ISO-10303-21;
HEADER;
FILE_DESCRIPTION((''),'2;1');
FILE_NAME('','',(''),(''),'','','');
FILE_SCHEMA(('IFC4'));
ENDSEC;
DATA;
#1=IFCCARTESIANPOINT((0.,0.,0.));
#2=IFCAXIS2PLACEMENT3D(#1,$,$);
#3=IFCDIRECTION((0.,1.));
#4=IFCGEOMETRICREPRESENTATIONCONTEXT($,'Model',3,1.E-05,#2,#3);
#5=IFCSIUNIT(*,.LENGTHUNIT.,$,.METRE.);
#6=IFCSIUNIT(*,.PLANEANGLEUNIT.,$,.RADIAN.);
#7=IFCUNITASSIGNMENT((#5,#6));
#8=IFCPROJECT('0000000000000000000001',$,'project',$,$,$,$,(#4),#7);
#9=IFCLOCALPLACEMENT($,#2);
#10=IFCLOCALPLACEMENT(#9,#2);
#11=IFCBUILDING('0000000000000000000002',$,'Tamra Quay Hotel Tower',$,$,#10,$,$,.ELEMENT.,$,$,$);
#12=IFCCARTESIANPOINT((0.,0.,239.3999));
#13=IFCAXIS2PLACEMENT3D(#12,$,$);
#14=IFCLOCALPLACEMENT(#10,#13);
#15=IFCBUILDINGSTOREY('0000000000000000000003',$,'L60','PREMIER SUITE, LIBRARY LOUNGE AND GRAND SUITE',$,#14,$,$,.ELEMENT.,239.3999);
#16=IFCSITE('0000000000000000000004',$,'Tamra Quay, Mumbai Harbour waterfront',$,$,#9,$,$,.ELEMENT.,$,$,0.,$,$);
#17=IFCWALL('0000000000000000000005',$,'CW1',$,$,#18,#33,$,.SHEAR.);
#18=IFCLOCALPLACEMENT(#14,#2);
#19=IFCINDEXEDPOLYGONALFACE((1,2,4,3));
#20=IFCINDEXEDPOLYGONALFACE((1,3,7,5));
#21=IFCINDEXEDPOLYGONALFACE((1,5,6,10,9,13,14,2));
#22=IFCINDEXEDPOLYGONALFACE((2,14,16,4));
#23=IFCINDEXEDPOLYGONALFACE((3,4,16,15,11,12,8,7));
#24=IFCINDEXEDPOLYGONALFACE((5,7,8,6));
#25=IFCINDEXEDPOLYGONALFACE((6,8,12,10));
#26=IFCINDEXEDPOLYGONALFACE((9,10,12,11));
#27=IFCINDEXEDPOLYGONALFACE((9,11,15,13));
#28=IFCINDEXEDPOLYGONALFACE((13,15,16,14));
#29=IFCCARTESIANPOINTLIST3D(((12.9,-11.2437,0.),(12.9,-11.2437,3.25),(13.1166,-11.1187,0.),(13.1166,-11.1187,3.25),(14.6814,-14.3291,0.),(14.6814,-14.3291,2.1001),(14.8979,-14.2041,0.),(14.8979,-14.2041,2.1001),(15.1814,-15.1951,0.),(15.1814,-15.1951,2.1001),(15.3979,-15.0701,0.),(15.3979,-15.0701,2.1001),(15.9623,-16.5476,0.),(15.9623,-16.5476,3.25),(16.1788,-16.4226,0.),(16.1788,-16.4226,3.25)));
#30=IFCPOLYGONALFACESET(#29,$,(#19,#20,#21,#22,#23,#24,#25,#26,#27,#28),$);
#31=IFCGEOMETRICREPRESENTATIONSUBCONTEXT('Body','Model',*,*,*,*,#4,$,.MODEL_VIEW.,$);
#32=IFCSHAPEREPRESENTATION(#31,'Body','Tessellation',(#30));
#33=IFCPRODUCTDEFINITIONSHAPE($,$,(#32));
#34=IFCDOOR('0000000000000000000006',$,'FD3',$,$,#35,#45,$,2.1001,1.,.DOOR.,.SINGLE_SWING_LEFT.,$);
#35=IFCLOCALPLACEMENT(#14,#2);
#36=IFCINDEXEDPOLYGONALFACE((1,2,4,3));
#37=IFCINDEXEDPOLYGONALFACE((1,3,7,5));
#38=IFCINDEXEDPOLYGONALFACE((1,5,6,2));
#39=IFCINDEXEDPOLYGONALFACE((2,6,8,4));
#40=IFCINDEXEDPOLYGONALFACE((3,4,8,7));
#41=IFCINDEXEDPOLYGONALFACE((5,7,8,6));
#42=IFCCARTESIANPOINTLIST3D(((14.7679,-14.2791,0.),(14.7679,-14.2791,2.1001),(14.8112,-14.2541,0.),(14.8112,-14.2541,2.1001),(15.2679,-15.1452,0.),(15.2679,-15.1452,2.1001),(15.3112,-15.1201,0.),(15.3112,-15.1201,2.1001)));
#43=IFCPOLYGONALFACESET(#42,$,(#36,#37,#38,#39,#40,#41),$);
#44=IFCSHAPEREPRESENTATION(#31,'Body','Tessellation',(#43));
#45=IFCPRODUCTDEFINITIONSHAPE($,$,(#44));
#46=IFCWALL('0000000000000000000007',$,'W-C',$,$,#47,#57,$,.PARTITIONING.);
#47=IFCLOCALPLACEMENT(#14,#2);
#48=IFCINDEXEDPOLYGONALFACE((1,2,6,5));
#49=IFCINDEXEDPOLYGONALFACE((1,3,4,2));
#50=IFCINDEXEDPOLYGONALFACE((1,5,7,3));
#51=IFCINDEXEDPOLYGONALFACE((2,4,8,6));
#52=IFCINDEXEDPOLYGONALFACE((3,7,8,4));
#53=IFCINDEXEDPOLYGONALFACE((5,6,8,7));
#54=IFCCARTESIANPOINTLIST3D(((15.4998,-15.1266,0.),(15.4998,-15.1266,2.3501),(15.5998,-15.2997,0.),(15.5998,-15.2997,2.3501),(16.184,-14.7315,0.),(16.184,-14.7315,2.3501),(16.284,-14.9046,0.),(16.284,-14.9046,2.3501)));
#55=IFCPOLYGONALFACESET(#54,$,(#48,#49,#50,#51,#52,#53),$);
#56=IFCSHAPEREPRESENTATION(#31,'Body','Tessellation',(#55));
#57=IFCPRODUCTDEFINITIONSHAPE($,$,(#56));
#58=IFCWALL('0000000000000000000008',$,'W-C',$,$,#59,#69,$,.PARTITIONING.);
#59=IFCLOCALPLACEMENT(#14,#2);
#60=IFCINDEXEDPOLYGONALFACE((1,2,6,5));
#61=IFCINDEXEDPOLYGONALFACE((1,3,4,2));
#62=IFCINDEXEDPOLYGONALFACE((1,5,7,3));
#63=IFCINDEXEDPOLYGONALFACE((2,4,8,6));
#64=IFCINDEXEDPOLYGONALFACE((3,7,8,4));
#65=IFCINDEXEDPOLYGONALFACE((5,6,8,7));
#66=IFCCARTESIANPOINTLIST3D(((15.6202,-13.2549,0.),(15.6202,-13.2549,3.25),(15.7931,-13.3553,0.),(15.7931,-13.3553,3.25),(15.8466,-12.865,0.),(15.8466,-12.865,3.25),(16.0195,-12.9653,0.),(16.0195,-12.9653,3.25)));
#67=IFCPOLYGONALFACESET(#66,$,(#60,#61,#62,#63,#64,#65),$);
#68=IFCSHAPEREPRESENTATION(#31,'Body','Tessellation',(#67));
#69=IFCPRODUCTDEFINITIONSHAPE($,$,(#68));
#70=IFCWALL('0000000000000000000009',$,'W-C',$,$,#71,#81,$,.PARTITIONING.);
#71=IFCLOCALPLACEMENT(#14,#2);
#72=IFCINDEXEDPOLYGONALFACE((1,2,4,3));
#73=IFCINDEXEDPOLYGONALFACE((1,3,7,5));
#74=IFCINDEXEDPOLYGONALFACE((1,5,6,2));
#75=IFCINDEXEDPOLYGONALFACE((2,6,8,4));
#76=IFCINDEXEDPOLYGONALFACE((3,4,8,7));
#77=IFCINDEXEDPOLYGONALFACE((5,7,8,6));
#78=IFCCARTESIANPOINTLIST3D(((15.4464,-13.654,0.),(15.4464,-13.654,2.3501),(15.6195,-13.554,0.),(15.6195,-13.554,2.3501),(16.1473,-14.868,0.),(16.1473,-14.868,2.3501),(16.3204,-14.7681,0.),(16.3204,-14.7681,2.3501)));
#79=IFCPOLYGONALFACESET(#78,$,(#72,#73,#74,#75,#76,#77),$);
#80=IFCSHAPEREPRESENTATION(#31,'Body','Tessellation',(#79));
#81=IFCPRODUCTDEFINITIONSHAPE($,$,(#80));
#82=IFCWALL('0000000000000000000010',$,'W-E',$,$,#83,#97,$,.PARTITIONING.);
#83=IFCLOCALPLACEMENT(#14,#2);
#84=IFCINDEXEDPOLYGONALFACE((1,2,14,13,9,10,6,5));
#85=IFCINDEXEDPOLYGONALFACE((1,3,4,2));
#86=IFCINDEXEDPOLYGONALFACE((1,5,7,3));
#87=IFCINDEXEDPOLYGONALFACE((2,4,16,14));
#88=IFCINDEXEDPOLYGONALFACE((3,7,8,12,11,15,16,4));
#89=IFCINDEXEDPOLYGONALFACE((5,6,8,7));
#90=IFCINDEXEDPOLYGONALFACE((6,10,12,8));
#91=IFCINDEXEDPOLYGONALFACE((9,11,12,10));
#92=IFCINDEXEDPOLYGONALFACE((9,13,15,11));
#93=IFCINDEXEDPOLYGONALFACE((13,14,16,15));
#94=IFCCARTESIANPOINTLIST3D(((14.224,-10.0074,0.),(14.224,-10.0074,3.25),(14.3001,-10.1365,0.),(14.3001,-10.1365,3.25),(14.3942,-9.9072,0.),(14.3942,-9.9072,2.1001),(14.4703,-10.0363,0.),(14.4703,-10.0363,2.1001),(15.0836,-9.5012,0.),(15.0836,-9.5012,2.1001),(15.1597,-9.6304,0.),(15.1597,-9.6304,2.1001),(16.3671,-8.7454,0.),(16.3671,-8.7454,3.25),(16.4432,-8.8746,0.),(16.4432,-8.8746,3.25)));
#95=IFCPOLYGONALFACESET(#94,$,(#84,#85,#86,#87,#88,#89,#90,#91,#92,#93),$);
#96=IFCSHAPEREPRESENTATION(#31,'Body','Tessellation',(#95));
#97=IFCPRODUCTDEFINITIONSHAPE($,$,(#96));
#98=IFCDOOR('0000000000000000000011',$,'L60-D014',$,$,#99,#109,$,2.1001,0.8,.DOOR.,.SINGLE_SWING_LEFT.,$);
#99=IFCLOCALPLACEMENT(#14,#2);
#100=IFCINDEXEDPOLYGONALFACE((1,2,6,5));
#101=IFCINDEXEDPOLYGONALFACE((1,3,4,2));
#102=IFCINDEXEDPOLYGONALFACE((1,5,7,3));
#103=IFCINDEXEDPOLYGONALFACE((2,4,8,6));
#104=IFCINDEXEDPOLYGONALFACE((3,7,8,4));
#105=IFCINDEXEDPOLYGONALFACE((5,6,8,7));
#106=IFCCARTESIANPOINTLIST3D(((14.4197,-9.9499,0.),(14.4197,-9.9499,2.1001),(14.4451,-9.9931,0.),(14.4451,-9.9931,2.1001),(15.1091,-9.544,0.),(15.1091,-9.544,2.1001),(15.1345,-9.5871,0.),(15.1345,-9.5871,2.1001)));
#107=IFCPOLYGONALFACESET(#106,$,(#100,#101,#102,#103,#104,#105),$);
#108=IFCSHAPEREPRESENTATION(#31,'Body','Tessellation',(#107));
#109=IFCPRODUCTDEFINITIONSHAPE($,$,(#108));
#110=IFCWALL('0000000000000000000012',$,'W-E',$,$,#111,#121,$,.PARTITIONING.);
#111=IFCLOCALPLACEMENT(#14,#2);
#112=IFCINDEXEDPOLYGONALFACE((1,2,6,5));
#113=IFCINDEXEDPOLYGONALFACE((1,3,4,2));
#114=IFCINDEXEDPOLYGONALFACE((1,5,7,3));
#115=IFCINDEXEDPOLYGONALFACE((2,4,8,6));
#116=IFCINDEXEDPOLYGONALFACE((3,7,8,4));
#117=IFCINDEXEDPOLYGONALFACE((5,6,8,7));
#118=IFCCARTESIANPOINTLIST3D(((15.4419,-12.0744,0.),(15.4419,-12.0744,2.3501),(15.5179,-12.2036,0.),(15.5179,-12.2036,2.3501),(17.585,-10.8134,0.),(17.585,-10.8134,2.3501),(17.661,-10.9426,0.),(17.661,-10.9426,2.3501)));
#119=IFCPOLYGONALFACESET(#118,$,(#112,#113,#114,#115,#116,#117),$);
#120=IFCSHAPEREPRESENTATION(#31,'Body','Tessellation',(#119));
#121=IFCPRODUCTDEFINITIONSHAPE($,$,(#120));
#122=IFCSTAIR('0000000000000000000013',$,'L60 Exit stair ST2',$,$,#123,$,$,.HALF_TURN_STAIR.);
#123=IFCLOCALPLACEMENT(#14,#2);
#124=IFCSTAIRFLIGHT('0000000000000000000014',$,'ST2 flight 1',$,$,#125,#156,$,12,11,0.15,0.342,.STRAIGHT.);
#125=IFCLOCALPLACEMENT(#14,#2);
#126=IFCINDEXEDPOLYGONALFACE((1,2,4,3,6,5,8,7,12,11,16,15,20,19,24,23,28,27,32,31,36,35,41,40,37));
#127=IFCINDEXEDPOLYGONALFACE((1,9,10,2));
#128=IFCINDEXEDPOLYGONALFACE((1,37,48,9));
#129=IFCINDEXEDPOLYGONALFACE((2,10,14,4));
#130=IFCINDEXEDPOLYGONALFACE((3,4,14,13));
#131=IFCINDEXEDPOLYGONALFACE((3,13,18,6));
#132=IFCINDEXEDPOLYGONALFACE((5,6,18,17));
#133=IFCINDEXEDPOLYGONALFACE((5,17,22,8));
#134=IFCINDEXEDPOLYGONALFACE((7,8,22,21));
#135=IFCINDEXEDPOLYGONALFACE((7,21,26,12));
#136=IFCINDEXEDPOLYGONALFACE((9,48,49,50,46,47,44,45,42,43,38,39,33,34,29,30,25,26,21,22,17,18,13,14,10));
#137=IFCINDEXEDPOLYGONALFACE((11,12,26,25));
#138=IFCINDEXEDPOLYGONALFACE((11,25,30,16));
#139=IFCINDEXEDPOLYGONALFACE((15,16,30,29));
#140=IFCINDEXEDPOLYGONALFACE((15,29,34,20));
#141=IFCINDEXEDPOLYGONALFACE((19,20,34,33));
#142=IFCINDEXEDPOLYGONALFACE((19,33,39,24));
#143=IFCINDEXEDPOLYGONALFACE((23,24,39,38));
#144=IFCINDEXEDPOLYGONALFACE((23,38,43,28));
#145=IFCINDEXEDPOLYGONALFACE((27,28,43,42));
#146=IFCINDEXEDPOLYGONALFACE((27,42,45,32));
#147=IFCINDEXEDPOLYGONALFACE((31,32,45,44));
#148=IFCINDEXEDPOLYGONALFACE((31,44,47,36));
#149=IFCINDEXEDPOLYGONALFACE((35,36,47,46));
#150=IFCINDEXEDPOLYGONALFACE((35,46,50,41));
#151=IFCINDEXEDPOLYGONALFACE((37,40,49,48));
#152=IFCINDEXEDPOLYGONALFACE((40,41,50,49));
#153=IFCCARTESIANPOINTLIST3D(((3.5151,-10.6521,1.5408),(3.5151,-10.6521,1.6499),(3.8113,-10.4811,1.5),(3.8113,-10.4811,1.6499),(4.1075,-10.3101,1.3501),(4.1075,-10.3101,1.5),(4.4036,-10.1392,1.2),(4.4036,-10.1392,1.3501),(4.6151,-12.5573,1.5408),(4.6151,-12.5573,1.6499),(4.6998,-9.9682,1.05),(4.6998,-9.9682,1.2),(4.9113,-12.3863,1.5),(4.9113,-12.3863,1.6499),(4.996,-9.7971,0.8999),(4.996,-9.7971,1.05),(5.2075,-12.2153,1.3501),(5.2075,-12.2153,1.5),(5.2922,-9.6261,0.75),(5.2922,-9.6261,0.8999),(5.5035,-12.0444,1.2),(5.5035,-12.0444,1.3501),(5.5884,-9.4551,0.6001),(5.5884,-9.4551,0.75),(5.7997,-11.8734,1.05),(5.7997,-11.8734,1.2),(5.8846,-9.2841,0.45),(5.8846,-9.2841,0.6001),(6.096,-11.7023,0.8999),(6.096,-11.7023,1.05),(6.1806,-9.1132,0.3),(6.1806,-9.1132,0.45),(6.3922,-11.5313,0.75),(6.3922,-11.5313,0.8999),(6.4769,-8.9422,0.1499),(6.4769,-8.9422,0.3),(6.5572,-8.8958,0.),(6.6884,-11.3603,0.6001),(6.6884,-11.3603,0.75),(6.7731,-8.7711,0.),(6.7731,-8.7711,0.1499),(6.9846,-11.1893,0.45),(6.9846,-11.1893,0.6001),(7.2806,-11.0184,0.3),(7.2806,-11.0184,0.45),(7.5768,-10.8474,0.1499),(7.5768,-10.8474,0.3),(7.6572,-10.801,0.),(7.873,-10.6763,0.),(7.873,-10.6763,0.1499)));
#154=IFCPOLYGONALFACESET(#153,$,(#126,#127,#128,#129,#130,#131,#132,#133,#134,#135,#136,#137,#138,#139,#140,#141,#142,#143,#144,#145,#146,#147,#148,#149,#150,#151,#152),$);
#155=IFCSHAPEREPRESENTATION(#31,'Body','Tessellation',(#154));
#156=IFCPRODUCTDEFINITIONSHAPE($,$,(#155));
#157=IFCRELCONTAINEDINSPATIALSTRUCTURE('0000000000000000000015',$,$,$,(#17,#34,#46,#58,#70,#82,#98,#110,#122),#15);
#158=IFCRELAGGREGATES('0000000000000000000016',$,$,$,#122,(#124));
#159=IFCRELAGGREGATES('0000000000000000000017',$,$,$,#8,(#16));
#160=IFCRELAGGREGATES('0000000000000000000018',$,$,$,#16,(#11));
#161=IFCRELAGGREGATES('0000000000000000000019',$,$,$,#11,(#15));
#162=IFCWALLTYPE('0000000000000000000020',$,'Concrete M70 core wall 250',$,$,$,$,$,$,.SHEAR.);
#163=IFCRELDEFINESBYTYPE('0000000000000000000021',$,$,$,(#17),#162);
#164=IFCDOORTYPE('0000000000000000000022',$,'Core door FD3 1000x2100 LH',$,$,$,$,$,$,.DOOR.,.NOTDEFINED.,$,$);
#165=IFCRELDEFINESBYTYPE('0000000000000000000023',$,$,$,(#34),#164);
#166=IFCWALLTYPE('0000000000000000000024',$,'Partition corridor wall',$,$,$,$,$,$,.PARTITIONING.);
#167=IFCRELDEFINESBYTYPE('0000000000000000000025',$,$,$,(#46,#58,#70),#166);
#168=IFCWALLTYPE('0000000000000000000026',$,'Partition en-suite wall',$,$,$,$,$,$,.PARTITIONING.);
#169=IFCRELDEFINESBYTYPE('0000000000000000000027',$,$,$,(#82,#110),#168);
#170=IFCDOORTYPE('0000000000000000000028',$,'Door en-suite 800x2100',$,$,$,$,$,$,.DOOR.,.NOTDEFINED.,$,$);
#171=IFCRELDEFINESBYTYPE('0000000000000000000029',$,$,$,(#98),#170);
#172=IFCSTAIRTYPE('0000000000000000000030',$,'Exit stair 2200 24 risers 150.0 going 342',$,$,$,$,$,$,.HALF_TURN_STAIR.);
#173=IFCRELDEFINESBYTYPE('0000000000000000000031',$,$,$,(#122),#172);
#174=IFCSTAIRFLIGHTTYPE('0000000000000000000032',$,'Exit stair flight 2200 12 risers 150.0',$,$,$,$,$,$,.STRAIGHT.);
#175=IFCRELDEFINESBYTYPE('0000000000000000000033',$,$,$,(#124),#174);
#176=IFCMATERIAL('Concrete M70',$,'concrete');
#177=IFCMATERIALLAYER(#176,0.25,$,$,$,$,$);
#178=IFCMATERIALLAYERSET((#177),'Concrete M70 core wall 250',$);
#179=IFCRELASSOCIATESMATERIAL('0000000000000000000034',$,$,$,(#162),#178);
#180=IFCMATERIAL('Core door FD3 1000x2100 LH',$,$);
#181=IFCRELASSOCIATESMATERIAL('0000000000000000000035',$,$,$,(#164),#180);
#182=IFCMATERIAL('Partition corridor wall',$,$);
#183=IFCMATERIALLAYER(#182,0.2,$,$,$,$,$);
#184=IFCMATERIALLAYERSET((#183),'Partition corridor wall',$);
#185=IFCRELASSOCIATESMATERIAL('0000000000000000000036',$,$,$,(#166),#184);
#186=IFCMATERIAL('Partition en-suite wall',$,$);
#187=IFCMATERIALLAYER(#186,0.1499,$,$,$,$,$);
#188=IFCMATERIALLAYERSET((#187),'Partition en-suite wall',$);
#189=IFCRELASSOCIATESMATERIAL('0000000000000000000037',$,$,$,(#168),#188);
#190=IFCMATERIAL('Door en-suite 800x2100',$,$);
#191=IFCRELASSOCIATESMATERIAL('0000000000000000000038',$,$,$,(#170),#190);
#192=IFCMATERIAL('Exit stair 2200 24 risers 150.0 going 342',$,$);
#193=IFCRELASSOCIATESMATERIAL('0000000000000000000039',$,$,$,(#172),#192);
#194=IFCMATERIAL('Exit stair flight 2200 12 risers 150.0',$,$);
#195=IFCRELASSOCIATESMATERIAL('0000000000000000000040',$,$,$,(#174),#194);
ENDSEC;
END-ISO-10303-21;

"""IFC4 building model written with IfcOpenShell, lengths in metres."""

from ifc_helpers import new_model, si_unit, direction, frame, frame_2d, origin, place, context, subcontext, project, spatial, polyline, rectangle, outline, extrude, material, layer, layer_set, type_object, element, fill, aggregate, save


model = new_model("IFC4")

# Units and contexts
model_context = context("Model", 3, precision=1e-05, world=origin(), true_north=direction((0.0, 1.0)))
body_context = subcontext(model_context, "Body", "Model", "MODEL_VIEW")
ifc_project = project(units=[si_unit("LENGTHUNIT", "METRE"), si_unit("PLANEANGLEUNIT", "RADIAN")], contexts=[model_context])

# Site, building, storey
site_placement = place(None, origin())
site = spatial("IfcSite", under=ifc_project, at=site_placement, Name="Tamra Quay, Mumbai Harbour waterfront", CompositionType="ELEMENT", RefElevation=0.0)
building_placement = place(site_placement, origin())
building = spatial("IfcBuilding", under=site, at=building_placement, Name="Tamra Quay Hotel Tower", CompositionType="ELEMENT")
storey_placement = place(building_placement, frame((0.0, 0.0, 239.3999)))
storey = spatial("IfcBuildingStorey", under=building, at=storey_placement, Name="L60", Description="PREMIER SUITE, LIBRARY LOUNGE AND GRAND SUITE", CompositionType="ELEMENT", Elevation=239.3999)

# Shared definitions
ifc_material_1 = material(Name="Concrete M70", Category="concrete")

# Wall, opening, door
ifc_layer_1 = layer(ifc_material_1, 0.25)
ifc_layer_set_1 = layer_set([ifc_layer_1], Name="Concrete M70 core wall 250")
wall_type_1 = type_object("IfcWallType", Name="Concrete M70 core wall 250", PredefinedType="SHEAR", material=ifc_layer_set_1)
wall_1_placement = place(storey_placement, frame((13.0083, -11.1812, 0.0), z_axis=(0.0, 0.0, 1.0), x_axis=(0.500002, -0.866024, 0.0)))
wall_1 = element("IfcWall", 1, at=wall_1_placement, inside=storey, type_object=wall_type_1, Name="CW1", PredefinedType="SHEAR", context=body_context, shape_type="SweptSolid", body=[
    extrude(rectangle(XDim=6.1245, YDim=0.25, at=frame_2d((3.0623, 0.0))), origin(), (0.0, 0.0, 1.0), 3.25),
])
opening_1_placement = place(wall_1_placement, frame((3.5627, 0.0, 0.0)))
opening_1 = element("IfcOpeningElement", 2, at=opening_1_placement, cuts=wall_1, PredefinedType="OPENING", context=body_context, shape_type="SweptSolid", body=[
    extrude(rectangle(XDim=1.0, YDim=2.1001, at=frame_2d((0.5, 1.05))), frame((0.0, 0.135, 0.0), z_axis=(0.0, -1.0, 0.0), x_axis=(1.0, 0.0, 0.0)), (0.0, 0.0, 1.0), 0.27),
])
ifc_material_2 = material(Name="Core door FD3 1000x2100 LH")
door_type_1 = type_object("IfcDoorType", Name="Core door FD3 1000x2100 LH", OperationType="NOTDEFINED", PredefinedType="DOOR", material=ifc_material_2)
door_1_placement = place(opening_1_placement, origin())
door_1 = element("IfcDoor", 3, at=door_1_placement, inside=storey, type_object=door_type_1, Name="FD3", OperationType="SINGLE_SWING_LEFT", OverallHeight=2.1001, OverallWidth=1.0, PredefinedType="DOOR", context=body_context, shape_type="SweptSolid", body=[
    extrude(rectangle(XDim=1.0, YDim=2.1001, at=frame_2d((0.5, 1.05))), frame((0.0, 0.0249, 0.0), z_axis=(0.0, -1.0, 0.0), x_axis=(1.0, 0.0, 0.0)), (0.0, 0.0, 1.0), 0.05),
])
fill(opening_1, door_1)

# Walls
ifc_material_3 = material(Name="Partition corridor wall")
ifc_layer_2 = layer(ifc_material_3, 0.2)
ifc_layer_set_2 = layer_set([ifc_layer_2], Name="Partition corridor wall")
wall_type_2 = type_object("IfcWallType", Name="Partition corridor wall", PredefinedType="PARTITIONING", material=ifc_layer_set_2)
wall_2_placement = place(storey_placement, frame((15.5498, -15.2131, 0.0), z_axis=(0.0, 0.0, 1.0), x_axis=(0.86599, 0.500061, 0.0)))
element("IfcWall", 4, at=wall_2_placement, inside=storey, type_object=wall_type_2, Name="W-C", PredefinedType="PARTITIONING", context=body_context, shape_type="SweptSolid", body=[
    extrude(rectangle(XDim=0.79, YDim=0.2, at=frame_2d((0.395, 0.0))), origin(), (0.0, 0.0, 1.0), 2.3501),
])
wall_3_placement = place(storey_placement, frame((15.9331, -12.915, 0.0), z_axis=(0.0, 0.0, 1.0), x_axis=(-0.502018, -0.864857, 0.0)))
element("IfcWall", 5, at=wall_3_placement, inside=storey, type_object=wall_type_2, Name="W-C", PredefinedType="PARTITIONING", context=body_context, shape_type="SweptSolid", body=[
    extrude(rectangle(XDim=0.4509, YDim=0.2, at=frame_2d((0.2256, 0.0))), origin(), (0.0, 0.0, 1.0), 3.25),
])
wall_4_placement = place(storey_placement, frame((15.533, -13.604, 0.0), z_axis=(0.0, 0.0, 1.0), x_axis=(0.499979, -0.866038, 0.0)))
element("IfcWall", 6, at=wall_4_placement, inside=storey, type_object=wall_type_2, Name="W-C", PredefinedType="PARTITIONING", context=body_context, shape_type="SweptSolid", body=[
    extrude(rectangle(XDim=1.4019, YDim=0.2, at=frame_2d((0.7009, 0.0))), origin(), (0.0, 0.0, 1.0), 2.3501),
])

# Wall, opening, door
ifc_material_4 = material(Name="Partition en-suite wall")
ifc_layer_3 = layer(ifc_material_4, 0.1499)
ifc_layer_set_3 = layer_set([ifc_layer_3], Name="Partition en-suite wall")
wall_type_3 = type_object("IfcWallType", Name="Partition en-suite wall", PredefinedType="PARTITIONING", material=ifc_layer_set_3)
wall_5_placement = place(storey_placement, frame((14.262, -10.072, 0.0), z_axis=(0.0, 0.0, 1.0), x_axis=(0.861699, 0.507419, 0.0)))
wall_5 = element("IfcWall", 7, at=wall_5_placement, inside=storey, type_object=wall_type_3, Name="W-E", PredefinedType="PARTITIONING", context=body_context, shape_type="SweptSolid", body=[
    extrude(rectangle(XDim=2.4871, YDim=0.1499, at=frame_2d((1.2437, 0.0))), origin(), (0.0, 0.0, 1.0), 3.25),
])
opening_2_placement = place(wall_5_placement, frame((0.1978, 0.0, 0.0)))
opening_2 = element("IfcOpeningElement", 8, at=opening_2_placement, cuts=wall_5, PredefinedType="OPENING", context=body_context, shape_type="SweptSolid", body=[
    extrude(rectangle(XDim=0.8, YDim=2.1001, at=frame_2d((0.3999, 1.05))), frame((0.0, 0.085, 0.0), z_axis=(0.0, -1.0, 0.0), x_axis=(1.0, 0.0, 0.0)), (0.0, 0.0, 1.0), 0.1699),
])
ifc_material_5 = material(Name="Door en-suite 800x2100")
door_type_2 = type_object("IfcDoorType", Name="Door en-suite 800x2100", OperationType="NOTDEFINED", PredefinedType="DOOR", material=ifc_material_5)
door_2_placement = place(opening_2_placement, frame((0.8, 0.0, 0.0), z_axis=(0.0, 0.0, 1.0), x_axis=(-1.0, 0.0, 0.0)))
door_2 = element("IfcDoor", 9, at=door_2_placement, inside=storey, type_object=door_type_2, Name="L60-D014", OperationType="SINGLE_SWING_LEFT", OverallHeight=2.1001, OverallWidth=0.8, PredefinedType="DOOR", context=body_context, shape_type="SweptSolid", body=[
    extrude(rectangle(XDim=0.8, YDim=2.1001, at=frame_2d((0.3999, 1.05))), frame((0.0, 0.0249, 0.0), z_axis=(0.0, -1.0, 0.0), x_axis=(1.0, 0.0, 0.0)), (0.0, 0.0, 1.0), 0.05),
])
fill(opening_2, door_2)

# Wall
wall_6_placement = place(storey_placement, frame((15.48, -12.1389, 0.0), z_axis=(0.0, 0.0, 1.0), x_axis=(0.861871, 0.507127, 0.0)))
element("IfcWall", 10, at=wall_6_placement, inside=storey, type_object=wall_type_3, Name="W-E", PredefinedType="PARTITIONING", context=body_context, shape_type="SweptSolid", body=[
    extrude(rectangle(XDim=2.4866, YDim=0.1499, at=frame_2d((1.2432, 0.0))), origin(), (0.0, 0.0, 1.0), 2.3501),
])

# Stair, stair flight
ifc_material_6 = material(Name="Exit stair 2200 24 risers 150.0 going 342")
stair_type = type_object("IfcStairType", Name="Exit stair 2200 24 risers 150.0 going 342", PredefinedType="HALF_TURN_STAIR", material=ifc_material_6)
stair_placement = place(storey_placement, origin())
stair = element("IfcStair", 11, at=stair_placement, inside=storey, type_object=stair_type, Name="L60 Exit stair ST2", PredefinedType="HALF_TURN_STAIR")
ifc_material_7 = material(Name="Exit stair flight 2200 12 risers 150.0")
stair_flight_type = type_object("IfcStairFlightType", Name="Exit stair flight 2200 12 risers 150.0", PredefinedType="STRAIGHT", material=ifc_material_7)
stair_flight_1_placement = place(storey_placement, frame((7.323, -9.7236, 0.0), z_axis=(0.0, 0.0, 1.0), x_axis=(-0.866025, -0.5, 0.0)))
stair_flight_1 = element("IfcStairFlight", 12, at=stair_flight_1_placement, type_object=stair_flight_type, Name="ST2 flight 1", NumberOfRisers=12, NumberOfTreads=11, PredefinedType="STRAIGHT", RiserHeight=0.15, TreadLength=0.342, context=body_context, shape_type="SweptSolid", body=[
    extrude(outline(polyline([(0.0, 0.0), (0.0, 0.1499), (0.342, 0.1499), (0.342, 0.3), (0.6841, 0.3), (0.6841, 0.45), (1.0259, 0.45), (1.0259, 0.6001), (1.3679, 0.6001), (1.3679, 0.75), (1.71, 0.75), (1.71, 0.8999), (2.052, 0.8999), (2.052, 1.05), (2.394, 1.05), (2.394, 1.2), (2.7361, 1.2), (2.7361, 1.3501), (3.0779, 1.3501), (3.0779, 1.5), (3.4199, 1.5), (3.4199, 1.6499), (3.762, 1.6499), (3.762, 1.8), (3.762, 1.5408), (0.2493, 0.0), (0.0, 0.0)])), frame((0.0, 1.1001, 0.0), z_axis=(0.0, -1.0, 0.0), x_axis=(1.0, 0.0, 0.0)), (0.0, 0.0, 1.0), 2.2),
])
aggregate(stair, [stair_flight_1])

save(model, "model.ifc")
